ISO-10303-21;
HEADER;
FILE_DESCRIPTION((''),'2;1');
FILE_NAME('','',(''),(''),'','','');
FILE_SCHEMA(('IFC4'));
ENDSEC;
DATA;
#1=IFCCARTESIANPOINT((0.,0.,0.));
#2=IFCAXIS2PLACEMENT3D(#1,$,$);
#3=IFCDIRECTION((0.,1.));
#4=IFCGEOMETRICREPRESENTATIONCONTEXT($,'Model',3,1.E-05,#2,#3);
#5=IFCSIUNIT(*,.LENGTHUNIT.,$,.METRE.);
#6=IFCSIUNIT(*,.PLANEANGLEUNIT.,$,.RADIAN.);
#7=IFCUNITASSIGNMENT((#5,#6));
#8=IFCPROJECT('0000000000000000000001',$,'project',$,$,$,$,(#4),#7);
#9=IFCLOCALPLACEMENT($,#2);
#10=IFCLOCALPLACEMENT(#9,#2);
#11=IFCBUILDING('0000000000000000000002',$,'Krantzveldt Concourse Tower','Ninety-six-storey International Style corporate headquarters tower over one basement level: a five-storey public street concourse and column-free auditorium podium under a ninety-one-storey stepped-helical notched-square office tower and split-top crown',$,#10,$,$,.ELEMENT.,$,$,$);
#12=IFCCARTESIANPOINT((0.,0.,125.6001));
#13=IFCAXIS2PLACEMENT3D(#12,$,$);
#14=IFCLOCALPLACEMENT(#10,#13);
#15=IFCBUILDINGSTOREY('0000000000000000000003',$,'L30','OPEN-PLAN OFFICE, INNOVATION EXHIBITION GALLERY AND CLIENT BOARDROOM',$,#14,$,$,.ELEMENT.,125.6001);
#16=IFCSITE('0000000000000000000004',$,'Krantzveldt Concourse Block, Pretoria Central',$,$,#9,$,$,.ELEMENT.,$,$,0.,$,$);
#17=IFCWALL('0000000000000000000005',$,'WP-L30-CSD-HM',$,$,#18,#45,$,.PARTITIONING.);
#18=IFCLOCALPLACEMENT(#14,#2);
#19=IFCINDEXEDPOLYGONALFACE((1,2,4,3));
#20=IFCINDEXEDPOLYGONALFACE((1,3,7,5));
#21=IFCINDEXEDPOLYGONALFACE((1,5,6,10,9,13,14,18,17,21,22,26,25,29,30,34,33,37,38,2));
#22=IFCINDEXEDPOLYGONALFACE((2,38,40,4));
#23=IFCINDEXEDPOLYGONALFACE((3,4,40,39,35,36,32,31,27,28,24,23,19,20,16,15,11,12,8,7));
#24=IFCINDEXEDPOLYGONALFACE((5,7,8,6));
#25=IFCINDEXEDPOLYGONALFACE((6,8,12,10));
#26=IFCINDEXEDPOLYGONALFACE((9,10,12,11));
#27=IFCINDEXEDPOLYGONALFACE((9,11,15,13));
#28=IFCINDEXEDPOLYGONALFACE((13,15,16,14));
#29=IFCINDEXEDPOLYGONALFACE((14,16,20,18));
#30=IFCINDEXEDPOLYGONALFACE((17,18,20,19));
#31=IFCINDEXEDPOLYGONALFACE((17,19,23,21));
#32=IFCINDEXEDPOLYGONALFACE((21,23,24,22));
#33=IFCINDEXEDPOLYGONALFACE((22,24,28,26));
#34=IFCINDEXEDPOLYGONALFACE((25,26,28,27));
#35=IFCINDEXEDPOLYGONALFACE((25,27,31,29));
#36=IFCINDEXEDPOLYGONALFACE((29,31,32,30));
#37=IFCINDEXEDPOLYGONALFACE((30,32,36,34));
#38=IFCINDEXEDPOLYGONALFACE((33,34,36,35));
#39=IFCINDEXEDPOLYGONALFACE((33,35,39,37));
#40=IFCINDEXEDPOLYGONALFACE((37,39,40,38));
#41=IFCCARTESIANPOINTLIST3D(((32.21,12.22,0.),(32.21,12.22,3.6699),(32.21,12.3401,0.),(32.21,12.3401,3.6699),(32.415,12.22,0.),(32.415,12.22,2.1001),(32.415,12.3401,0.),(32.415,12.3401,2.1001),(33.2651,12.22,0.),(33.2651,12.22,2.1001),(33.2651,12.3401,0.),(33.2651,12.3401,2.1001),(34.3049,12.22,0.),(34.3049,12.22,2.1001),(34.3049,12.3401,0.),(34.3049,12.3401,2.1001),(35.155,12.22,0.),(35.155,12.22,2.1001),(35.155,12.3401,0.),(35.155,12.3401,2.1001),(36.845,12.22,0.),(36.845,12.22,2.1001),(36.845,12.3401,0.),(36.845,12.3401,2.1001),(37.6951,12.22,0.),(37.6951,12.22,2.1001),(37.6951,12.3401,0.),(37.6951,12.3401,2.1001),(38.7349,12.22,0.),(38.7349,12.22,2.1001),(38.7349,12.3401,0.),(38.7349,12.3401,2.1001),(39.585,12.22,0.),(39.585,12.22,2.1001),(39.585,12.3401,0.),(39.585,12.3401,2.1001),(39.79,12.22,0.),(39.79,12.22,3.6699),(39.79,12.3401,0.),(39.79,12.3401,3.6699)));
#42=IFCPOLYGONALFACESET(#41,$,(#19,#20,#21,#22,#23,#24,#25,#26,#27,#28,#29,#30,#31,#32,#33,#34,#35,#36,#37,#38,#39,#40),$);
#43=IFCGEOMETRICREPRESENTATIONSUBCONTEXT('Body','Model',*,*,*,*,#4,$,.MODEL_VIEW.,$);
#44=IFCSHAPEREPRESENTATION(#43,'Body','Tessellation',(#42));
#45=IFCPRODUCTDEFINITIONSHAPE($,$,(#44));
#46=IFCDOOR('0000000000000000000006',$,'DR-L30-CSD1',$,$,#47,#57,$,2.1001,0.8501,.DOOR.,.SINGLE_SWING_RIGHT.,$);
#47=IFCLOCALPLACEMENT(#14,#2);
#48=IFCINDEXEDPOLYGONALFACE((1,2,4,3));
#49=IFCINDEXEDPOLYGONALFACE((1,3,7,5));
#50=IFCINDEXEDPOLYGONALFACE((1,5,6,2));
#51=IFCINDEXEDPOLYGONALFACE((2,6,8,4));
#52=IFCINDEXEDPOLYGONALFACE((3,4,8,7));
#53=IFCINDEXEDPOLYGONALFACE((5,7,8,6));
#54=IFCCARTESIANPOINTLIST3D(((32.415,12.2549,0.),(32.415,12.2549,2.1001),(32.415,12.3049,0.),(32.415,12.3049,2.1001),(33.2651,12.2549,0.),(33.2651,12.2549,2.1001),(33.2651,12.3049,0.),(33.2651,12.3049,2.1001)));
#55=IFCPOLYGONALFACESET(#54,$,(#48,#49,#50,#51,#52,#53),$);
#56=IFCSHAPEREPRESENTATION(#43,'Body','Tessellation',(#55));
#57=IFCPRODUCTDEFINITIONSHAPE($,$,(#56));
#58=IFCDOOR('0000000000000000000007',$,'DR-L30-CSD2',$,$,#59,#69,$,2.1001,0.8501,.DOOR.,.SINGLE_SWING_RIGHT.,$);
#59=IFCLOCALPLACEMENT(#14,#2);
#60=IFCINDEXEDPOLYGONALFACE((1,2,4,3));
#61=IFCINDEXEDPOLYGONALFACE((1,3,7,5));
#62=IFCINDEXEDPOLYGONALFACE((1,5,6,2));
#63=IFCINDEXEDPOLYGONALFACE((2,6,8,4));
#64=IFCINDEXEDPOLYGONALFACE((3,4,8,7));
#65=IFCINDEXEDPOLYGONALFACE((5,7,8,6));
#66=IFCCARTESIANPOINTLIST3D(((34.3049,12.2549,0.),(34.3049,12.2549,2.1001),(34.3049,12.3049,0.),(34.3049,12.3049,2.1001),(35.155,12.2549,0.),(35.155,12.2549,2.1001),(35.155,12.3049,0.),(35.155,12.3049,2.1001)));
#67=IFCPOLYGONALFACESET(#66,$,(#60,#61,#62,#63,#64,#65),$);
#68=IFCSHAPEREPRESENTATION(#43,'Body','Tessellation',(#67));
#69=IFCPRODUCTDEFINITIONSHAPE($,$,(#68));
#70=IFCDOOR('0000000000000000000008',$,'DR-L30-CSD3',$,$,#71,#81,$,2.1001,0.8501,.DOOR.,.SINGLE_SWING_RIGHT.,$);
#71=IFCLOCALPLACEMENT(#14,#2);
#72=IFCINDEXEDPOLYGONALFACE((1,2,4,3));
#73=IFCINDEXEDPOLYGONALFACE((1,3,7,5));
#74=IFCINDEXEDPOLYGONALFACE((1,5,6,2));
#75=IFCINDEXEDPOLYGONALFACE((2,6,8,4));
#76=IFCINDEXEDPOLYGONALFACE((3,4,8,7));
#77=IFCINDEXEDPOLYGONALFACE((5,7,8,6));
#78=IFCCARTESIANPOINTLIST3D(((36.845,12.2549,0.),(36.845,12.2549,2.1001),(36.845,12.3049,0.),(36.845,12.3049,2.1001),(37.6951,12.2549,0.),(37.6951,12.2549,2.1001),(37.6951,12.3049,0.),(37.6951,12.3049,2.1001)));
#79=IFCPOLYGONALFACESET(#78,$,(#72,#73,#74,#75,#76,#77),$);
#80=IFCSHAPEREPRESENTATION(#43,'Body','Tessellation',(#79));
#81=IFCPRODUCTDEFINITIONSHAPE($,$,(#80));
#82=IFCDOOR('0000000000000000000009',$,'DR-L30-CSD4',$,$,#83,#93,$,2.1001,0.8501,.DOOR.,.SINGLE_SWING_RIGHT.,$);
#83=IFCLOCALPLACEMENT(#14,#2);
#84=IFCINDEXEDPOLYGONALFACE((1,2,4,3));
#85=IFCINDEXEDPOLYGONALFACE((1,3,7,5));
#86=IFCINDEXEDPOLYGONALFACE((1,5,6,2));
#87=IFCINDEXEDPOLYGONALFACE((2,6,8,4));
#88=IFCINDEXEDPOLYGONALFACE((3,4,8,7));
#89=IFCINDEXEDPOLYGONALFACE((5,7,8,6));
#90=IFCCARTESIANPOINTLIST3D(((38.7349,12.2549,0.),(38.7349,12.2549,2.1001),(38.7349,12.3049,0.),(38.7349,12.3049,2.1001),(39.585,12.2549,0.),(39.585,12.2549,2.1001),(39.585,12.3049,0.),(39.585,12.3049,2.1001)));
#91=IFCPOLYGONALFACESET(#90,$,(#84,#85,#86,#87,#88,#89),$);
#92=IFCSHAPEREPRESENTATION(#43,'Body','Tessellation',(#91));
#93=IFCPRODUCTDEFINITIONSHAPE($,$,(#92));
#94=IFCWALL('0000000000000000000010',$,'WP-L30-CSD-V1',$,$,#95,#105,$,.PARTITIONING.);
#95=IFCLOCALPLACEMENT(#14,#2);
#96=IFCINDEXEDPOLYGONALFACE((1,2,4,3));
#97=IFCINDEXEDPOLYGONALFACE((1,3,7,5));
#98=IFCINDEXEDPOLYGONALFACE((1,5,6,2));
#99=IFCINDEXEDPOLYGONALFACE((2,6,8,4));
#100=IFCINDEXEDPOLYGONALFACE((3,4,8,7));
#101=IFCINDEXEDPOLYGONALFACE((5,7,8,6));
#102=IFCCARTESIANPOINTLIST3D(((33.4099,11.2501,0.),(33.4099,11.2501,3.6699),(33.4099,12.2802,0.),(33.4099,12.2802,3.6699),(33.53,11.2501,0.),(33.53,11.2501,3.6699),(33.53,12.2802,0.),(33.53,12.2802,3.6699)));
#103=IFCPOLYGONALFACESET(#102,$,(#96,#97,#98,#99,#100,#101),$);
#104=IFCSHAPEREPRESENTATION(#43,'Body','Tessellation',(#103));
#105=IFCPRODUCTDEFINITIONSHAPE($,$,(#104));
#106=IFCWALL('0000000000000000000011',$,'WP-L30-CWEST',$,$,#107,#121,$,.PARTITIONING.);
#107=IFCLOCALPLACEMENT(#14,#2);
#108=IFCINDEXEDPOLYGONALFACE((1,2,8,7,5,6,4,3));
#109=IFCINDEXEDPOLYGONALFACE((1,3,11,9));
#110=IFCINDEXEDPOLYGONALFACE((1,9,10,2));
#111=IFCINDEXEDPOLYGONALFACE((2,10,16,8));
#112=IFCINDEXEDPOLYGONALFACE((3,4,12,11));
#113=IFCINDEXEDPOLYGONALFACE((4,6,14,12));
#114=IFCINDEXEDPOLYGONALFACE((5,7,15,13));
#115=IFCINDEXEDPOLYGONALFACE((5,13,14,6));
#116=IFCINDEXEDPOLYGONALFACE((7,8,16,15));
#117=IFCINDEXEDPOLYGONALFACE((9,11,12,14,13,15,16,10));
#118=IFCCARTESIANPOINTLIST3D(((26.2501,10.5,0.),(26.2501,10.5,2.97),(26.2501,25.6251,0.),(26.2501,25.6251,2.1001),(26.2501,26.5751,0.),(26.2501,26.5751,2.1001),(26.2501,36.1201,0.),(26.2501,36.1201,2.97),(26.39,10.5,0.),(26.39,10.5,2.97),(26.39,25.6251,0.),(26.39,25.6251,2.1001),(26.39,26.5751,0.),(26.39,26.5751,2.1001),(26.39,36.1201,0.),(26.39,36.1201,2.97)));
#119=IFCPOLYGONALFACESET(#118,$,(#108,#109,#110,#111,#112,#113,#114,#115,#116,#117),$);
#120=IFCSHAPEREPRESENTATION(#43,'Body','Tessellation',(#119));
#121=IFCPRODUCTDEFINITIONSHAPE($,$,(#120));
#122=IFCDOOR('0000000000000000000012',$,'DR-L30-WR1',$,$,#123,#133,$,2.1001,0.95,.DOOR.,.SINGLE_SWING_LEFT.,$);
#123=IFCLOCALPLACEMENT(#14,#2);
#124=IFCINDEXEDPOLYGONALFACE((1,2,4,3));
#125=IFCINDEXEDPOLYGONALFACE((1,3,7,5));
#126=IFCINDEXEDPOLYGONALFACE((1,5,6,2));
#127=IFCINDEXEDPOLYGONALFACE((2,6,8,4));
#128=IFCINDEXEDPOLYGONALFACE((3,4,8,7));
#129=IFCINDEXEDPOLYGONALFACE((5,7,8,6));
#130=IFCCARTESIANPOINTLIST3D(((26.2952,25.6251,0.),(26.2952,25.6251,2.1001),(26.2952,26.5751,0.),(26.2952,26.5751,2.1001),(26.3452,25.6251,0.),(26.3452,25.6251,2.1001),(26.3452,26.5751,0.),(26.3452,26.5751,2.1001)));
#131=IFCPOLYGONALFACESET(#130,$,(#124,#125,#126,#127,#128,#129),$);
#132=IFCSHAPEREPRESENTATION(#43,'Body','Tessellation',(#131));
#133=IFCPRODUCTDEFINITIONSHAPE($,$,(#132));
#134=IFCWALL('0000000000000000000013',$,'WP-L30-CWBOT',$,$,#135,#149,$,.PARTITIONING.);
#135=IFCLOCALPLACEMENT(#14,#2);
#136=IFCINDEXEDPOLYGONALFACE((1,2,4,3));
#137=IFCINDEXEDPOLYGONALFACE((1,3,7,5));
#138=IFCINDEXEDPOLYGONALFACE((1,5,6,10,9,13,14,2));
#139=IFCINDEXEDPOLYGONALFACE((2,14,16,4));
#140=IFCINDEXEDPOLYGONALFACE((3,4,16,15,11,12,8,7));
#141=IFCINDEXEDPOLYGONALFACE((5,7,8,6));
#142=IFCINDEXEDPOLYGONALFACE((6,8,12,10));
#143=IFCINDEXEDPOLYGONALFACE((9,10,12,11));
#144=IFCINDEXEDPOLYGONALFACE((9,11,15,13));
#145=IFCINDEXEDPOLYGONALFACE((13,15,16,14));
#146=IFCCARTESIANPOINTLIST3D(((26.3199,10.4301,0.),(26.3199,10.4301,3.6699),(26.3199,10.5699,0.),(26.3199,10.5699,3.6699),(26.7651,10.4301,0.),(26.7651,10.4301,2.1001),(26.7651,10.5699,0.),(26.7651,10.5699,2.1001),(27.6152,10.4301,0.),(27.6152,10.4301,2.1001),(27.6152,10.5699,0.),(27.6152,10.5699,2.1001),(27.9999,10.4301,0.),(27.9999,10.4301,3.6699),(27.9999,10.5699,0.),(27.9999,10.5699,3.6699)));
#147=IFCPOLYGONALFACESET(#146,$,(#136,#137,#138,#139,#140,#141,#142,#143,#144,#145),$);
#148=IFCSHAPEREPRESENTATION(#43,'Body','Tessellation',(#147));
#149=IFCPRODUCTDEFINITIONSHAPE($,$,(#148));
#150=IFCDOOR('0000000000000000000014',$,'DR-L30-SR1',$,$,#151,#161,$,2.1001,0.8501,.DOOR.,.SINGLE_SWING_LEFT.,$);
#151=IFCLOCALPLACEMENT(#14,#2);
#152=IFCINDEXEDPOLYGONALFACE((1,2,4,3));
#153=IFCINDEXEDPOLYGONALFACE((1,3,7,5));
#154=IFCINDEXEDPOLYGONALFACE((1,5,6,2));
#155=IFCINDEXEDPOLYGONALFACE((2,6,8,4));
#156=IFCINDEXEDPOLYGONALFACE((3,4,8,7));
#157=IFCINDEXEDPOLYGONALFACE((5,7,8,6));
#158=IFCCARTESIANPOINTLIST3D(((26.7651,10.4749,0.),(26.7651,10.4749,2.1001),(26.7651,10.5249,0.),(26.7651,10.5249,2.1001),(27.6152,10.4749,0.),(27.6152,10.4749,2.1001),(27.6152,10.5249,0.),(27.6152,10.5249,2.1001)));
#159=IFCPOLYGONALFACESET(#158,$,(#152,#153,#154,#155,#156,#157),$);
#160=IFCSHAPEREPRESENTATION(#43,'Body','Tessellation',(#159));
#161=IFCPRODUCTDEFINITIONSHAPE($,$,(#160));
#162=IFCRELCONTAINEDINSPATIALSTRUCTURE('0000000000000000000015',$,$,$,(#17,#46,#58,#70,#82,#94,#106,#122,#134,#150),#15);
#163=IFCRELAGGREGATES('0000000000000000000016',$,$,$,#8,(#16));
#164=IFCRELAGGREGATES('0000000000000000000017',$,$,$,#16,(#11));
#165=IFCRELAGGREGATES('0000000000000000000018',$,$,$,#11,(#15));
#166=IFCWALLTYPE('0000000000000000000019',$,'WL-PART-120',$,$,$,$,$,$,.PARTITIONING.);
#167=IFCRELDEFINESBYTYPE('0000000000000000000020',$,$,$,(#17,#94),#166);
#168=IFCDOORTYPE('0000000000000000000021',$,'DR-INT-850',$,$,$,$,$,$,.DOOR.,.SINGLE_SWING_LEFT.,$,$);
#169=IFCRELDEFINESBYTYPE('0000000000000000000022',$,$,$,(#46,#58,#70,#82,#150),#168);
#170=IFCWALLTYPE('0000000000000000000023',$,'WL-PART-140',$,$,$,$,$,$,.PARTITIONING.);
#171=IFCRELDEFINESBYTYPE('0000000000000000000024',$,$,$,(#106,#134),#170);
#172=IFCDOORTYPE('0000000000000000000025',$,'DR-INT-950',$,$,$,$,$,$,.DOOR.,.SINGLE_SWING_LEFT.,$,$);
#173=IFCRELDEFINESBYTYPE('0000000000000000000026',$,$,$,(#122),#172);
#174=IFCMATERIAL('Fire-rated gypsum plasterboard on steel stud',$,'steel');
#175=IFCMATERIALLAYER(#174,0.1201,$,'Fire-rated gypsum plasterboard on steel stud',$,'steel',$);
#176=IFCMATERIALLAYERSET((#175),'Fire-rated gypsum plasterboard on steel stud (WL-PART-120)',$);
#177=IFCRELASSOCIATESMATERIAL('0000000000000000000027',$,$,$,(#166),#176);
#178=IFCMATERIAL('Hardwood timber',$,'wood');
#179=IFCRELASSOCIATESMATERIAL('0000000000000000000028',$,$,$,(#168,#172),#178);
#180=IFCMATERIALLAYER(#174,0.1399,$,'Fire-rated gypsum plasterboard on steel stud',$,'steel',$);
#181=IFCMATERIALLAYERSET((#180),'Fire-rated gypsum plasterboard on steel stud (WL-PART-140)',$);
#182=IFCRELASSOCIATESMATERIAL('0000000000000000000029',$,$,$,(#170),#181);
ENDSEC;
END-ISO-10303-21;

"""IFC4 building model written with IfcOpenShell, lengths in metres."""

from ifc_helpers import new_model, si_unit, direction, frame, frame_2d, origin, place, context, subcontext, project, spatial, rectangle, extrude, material, layer, layer_set, type_object, element, fill, save


model = new_model("IFC4")

# Units and contexts
model_context = context("Model", 3, precision=1e-05, world=origin(), true_north=direction((0.0, 1.0)))
body_context = subcontext(model_context, "Body", "Model", "MODEL_VIEW")
ifc_project = project(units=[si_unit("LENGTHUNIT", "METRE"), si_unit("PLANEANGLEUNIT", "RADIAN")], contexts=[model_context])

# Site, building, storey
site_placement = place(None, origin())
site = spatial("IfcSite", under=ifc_project, at=site_placement, Name="Krantzveldt Concourse Block, Pretoria Central", CompositionType="ELEMENT", RefElevation=0.0)
building_placement = place(site_placement, origin())
building = spatial("IfcBuilding", under=site, at=building_placement, Name="Krantzveldt Concourse Tower", Description="Ninety-six-storey International Style corporate headquarters tower over one basement level: a five-storey public street concourse and column-free auditorium podium under a ninety-one-storey stepped-helical notched-square office tower and split-top crown", CompositionType="ELEMENT")
storey_placement = place(building_placement, frame((0.0, 0.0, 125.6001)))
storey = spatial("IfcBuildingStorey", under=building, at=storey_placement, Name="L30", Description="OPEN-PLAN OFFICE, INNOVATION EXHIBITION GALLERY AND CLIENT BOARDROOM", CompositionType="ELEMENT", Elevation=125.6001)

# Shared definitions
ifc_material_1 = material(Name="Fire-rated gypsum plasterboard on steel stud", Category="steel")
ifc_layer_1 = layer(ifc_material_1, 0.1201, Name="Fire-rated gypsum plasterboard on steel stud", Category="steel")
ifc_layer_set_1 = layer_set([ifc_layer_1], Name="Fire-rated gypsum plasterboard on steel stud (WL-PART-120)")
wall_type_1 = type_object("IfcWallType", Name="WL-PART-120", PredefinedType="PARTITIONING", material=ifc_layer_set_1)
ifc_material_2 = material(Name="Hardwood timber", Category="wood")
door_type_1 = type_object("IfcDoorType", Name="DR-INT-850", OperationType="SINGLE_SWING_LEFT", PredefinedType="DOOR", material=ifc_material_2)

# Wall, openings, doors
wall_1_placement = place(storey_placement, frame((32.21, 12.28, 0.0), z_axis=(0.0, 0.0, 1.0), x_axis=(1.0, 0.0, 0.0)))
wall_1 = element("IfcWall", 1, at=wall_1_placement, inside=storey, type_object=wall_type_1, Name="WP-L30-CSD-HM", PredefinedType="PARTITIONING", context=body_context, shape_type="SweptSolid", body=[
    extrude(rectangle(XDim=7.5801, YDim=0.1201, at=frame_2d((3.79, 0.0))), origin(), (0.0, 0.0, 1.0), 3.6699),
])
opening_1_placement = place(wall_1_placement, frame((0.2051, 0.0, 0.0)))
opening_1 = element("IfcOpeningElement", 2, at=opening_1_placement, cuts=wall_1, PredefinedType="OPENING", context=body_context, shape_type="SweptSolid", body=[
    extrude(rectangle(XDim=0.8501, YDim=2.1001, at=frame_2d((0.425, 1.05))), frame((0.0, 0.0701, 0.0), z_axis=(0.0, -1.0, 0.0), x_axis=(1.0, 0.0, 0.0)), (0.0, 0.0, 1.0), 0.1401),
])
opening_2_placement = place(wall_1_placement, frame((2.095, 0.0, 0.0)))
opening_2 = element("IfcOpeningElement", 3, at=opening_2_placement, cuts=wall_1, PredefinedType="OPENING", context=body_context, shape_type="SweptSolid", body=[
    extrude(rectangle(XDim=0.8501, YDim=2.1001, at=frame_2d((0.425, 1.05))), frame((0.0, 0.0701, 0.0), z_axis=(0.0, -1.0, 0.0), x_axis=(1.0, 0.0, 0.0)), (0.0, 0.0, 1.0), 0.1401),
])
opening_3_placement = place(wall_1_placement, frame((4.635, 0.0, 0.0)))
opening_3 = element("IfcOpeningElement", 4, at=opening_3_placement, cuts=wall_1, PredefinedType="OPENING", context=body_context, shape_type="SweptSolid", body=[
    extrude(rectangle(XDim=0.8501, YDim=2.1001, at=frame_2d((0.425, 1.05))), frame((0.0, 0.0701, 0.0), z_axis=(0.0, -1.0, 0.0), x_axis=(1.0, 0.0, 0.0)), (0.0, 0.0, 1.0), 0.1401),
])
opening_4_placement = place(wall_1_placement, frame((6.5249, 0.0, 0.0)))
opening_4 = element("IfcOpeningElement", 5, at=opening_4_placement, cuts=wall_1, PredefinedType="OPENING", context=body_context, shape_type="SweptSolid", body=[
    extrude(rectangle(XDim=0.8501, YDim=2.1001, at=frame_2d((0.425, 1.05))), frame((0.0, 0.0701, 0.0), z_axis=(0.0, -1.0, 0.0), x_axis=(1.0, 0.0, 0.0)), (0.0, 0.0, 1.0), 0.1401),
])
door_1_placement = place(opening_1_placement, origin())
door_1 = element("IfcDoor", 6, at=door_1_placement, inside=storey, type_object=door_type_1, Name="DR-L30-CSD1", OperationType="SINGLE_SWING_RIGHT", OverallHeight=2.1001, OverallWidth=0.8501, PredefinedType="DOOR", context=body_context, shape_type="SweptSolid", body=[
    extrude(rectangle(XDim=0.8501, YDim=2.1001, at=frame_2d((0.425, 1.05))), frame((0.0, 0.0249, 0.0), z_axis=(0.0, -1.0, 0.0), x_axis=(1.0, 0.0, 0.0)), (0.0, 0.0, 1.0), 0.05),
])
fill(opening_1, door_1)
door_2_placement = place(opening_2_placement, origin())
door_2 = element("IfcDoor", 7, at=door_2_placement, inside=storey, type_object=door_type_1, Name="DR-L30-CSD2", OperationType="SINGLE_SWING_RIGHT", OverallHeight=2.1001, OverallWidth=0.8501, PredefinedType="DOOR", context=body_context, shape_type="SweptSolid", body=[
    extrude(rectangle(XDim=0.8501, YDim=2.1001, at=frame_2d((0.425, 1.05))), frame((0.0, 0.0249, 0.0), z_axis=(0.0, -1.0, 0.0), x_axis=(1.0, 0.0, 0.0)), (0.0, 0.0, 1.0), 0.05),
])
fill(opening_2, door_2)
door_3_placement = place(opening_3_placement, origin())
door_3 = element("IfcDoor", 8, at=door_3_placement, inside=storey, type_object=door_type_1, Name="DR-L30-CSD3", OperationType="SINGLE_SWING_RIGHT", OverallHeight=2.1001, OverallWidth=0.8501, PredefinedType="DOOR", context=body_context, shape_type="SweptSolid", body=[
    extrude(rectangle(XDim=0.8501, YDim=2.1001, at=frame_2d((0.425, 1.05))), frame((0.0, 0.0249, 0.0), z_axis=(0.0, -1.0, 0.0), x_axis=(1.0, 0.0, 0.0)), (0.0, 0.0, 1.0), 0.05),
])
fill(opening_3, door_3)
door_4_placement = place(opening_4_placement, origin())
door_4 = element("IfcDoor", 9, at=door_4_placement, inside=storey, type_object=door_type_1, Name="DR-L30-CSD4", OperationType="SINGLE_SWING_RIGHT", OverallHeight=2.1001, OverallWidth=0.8501, PredefinedType="DOOR", context=body_context, shape_type="SweptSolid", body=[
    extrude(rectangle(XDim=0.8501, YDim=2.1001, at=frame_2d((0.425, 1.05))), frame((0.0, 0.0249, 0.0), z_axis=(0.0, -1.0, 0.0), x_axis=(1.0, 0.0, 0.0)), (0.0, 0.0, 1.0), 0.05),
])
fill(opening_4, door_4)

# Wall
wall_2_placement = place(storey_placement, frame((33.47, 11.25, 0.0), z_axis=(0.0, 0.0, 1.0), x_axis=(0.0, 1.0, 0.0)))
element("IfcWall", 10, at=wall_2_placement, inside=storey, type_object=wall_type_1, Name="WP-L30-CSD-V1", PredefinedType="PARTITIONING", context=body_context, shape_type="SweptSolid", body=[
    extrude(rectangle(XDim=1.03, YDim=0.1201, at=frame_2d((0.5151, 0.0))), origin(), (0.0, 0.0, 1.0), 3.6699),
])

# Walls, openings, doors
ifc_layer_2 = layer(ifc_material_1, 0.1399, Name="Fire-rated gypsum plasterboard on steel stud", Category="steel")
ifc_layer_set_2 = layer_set([ifc_layer_2], Name="Fire-rated gypsum plasterboard on steel stud (WL-PART-140)")
wall_type_2 = type_object("IfcWallType", Name="WL-PART-140", PredefinedType="PARTITIONING", material=ifc_layer_set_2)
wall_3_placement = place(storey_placement, frame((26.3201, 10.5, 0.0), z_axis=(0.0, 0.0, 1.0), x_axis=(0.0, 1.0, 0.0)))
wall_3 = element("IfcWall", 11, at=wall_3_placement, inside=storey, type_object=wall_type_2, Name="WP-L30-CWEST", PredefinedType="PARTITIONING", context=body_context, shape_type="SweptSolid", body=[
    extrude(rectangle(XDim=25.6201, YDim=0.1399, at=frame_2d((12.8101, 0.0))), origin(), (0.0, 0.0, 1.0), 2.97),
])
opening_5_placement = place(wall_3_placement, frame((15.125, 0.0, 0.0)))
opening_5 = element("IfcOpeningElement", 12, at=opening_5_placement, cuts=wall_3, PredefinedType="OPENING", context=body_context, shape_type="SweptSolid", body=[
    extrude(rectangle(XDim=0.95, YDim=2.1001, at=frame_2d((0.4751, 1.05))), frame((0.0, 0.0801, 0.0), z_axis=(0.0, -1.0, 0.0), x_axis=(1.0, 0.0, 0.0)), (0.0, 0.0, 1.0), 0.1599),
])
door_type_2 = type_object("IfcDoorType", Name="DR-INT-950", OperationType="SINGLE_SWING_LEFT", PredefinedType="DOOR", material=ifc_material_2)
door_5_placement = place(opening_5_placement, origin())
door_5 = element("IfcDoor", 13, at=door_5_placement, inside=storey, type_object=door_type_2, Name="DR-L30-WR1", OperationType="SINGLE_SWING_LEFT", OverallHeight=2.1001, OverallWidth=0.95, PredefinedType="DOOR", context=body_context, shape_type="SweptSolid", body=[
    extrude(rectangle(XDim=0.95, YDim=2.1001, at=frame_2d((0.4751, 1.05))), frame((0.0, 0.0249, 0.0), z_axis=(0.0, -1.0, 0.0), x_axis=(1.0, 0.0, 0.0)), (0.0, 0.0, 1.0), 0.05),
])
fill(opening_5, door_5)
wall_4_placement = place(storey_placement, frame((26.3201, 10.5, 0.0), z_axis=(0.0, 0.0, 1.0), x_axis=(1.0, 0.0, 0.0)))
wall_4 = element("IfcWall", 14, at=wall_4_placement, inside=storey, type_object=wall_type_2, Name="WP-L30-CWBOT", PredefinedType="PARTITIONING", context=body_context, shape_type="SweptSolid", body=[
    extrude(rectangle(XDim=1.6799, YDim=0.1399, at=frame_2d((0.8398, 0.0))), origin(), (0.0, 0.0, 1.0), 3.6699),
])
opening_6_placement = place(wall_4_placement, frame((0.4451, 0.0, 0.0)))
opening_6 = element("IfcOpeningElement", 15, at=opening_6_placement, cuts=wall_4, PredefinedType="OPENING", context=body_context, shape_type="SweptSolid", body=[
    extrude(rectangle(XDim=0.8501, YDim=2.1001, at=frame_2d((0.425, 1.05))), frame((0.0, 0.0801, 0.0), z_axis=(0.0, -1.0, 0.0), x_axis=(1.0, 0.0, 0.0)), (0.0, 0.0, 1.0), 0.1599),
])
door_6_placement = place(opening_6_placement, origin())
door_6 = element("IfcDoor", 16, at=door_6_placement, inside=storey, type_object=door_type_1, Name="DR-L30-SR1", OperationType="SINGLE_SWING_LEFT", OverallHeight=2.1001, OverallWidth=0.8501, PredefinedType="DOOR", context=body_context, shape_type="SweptSolid", body=[
    extrude(rectangle(XDim=0.8501, YDim=2.1001, at=frame_2d((0.425, 1.05))), frame((0.0, 0.0249, 0.0), z_axis=(0.0, -1.0, 0.0), x_axis=(1.0, 0.0, 0.0)), (0.0, 0.0, 1.0), 0.05),
])
fill(opening_6, door_6)

save(model, "model.ifc")
